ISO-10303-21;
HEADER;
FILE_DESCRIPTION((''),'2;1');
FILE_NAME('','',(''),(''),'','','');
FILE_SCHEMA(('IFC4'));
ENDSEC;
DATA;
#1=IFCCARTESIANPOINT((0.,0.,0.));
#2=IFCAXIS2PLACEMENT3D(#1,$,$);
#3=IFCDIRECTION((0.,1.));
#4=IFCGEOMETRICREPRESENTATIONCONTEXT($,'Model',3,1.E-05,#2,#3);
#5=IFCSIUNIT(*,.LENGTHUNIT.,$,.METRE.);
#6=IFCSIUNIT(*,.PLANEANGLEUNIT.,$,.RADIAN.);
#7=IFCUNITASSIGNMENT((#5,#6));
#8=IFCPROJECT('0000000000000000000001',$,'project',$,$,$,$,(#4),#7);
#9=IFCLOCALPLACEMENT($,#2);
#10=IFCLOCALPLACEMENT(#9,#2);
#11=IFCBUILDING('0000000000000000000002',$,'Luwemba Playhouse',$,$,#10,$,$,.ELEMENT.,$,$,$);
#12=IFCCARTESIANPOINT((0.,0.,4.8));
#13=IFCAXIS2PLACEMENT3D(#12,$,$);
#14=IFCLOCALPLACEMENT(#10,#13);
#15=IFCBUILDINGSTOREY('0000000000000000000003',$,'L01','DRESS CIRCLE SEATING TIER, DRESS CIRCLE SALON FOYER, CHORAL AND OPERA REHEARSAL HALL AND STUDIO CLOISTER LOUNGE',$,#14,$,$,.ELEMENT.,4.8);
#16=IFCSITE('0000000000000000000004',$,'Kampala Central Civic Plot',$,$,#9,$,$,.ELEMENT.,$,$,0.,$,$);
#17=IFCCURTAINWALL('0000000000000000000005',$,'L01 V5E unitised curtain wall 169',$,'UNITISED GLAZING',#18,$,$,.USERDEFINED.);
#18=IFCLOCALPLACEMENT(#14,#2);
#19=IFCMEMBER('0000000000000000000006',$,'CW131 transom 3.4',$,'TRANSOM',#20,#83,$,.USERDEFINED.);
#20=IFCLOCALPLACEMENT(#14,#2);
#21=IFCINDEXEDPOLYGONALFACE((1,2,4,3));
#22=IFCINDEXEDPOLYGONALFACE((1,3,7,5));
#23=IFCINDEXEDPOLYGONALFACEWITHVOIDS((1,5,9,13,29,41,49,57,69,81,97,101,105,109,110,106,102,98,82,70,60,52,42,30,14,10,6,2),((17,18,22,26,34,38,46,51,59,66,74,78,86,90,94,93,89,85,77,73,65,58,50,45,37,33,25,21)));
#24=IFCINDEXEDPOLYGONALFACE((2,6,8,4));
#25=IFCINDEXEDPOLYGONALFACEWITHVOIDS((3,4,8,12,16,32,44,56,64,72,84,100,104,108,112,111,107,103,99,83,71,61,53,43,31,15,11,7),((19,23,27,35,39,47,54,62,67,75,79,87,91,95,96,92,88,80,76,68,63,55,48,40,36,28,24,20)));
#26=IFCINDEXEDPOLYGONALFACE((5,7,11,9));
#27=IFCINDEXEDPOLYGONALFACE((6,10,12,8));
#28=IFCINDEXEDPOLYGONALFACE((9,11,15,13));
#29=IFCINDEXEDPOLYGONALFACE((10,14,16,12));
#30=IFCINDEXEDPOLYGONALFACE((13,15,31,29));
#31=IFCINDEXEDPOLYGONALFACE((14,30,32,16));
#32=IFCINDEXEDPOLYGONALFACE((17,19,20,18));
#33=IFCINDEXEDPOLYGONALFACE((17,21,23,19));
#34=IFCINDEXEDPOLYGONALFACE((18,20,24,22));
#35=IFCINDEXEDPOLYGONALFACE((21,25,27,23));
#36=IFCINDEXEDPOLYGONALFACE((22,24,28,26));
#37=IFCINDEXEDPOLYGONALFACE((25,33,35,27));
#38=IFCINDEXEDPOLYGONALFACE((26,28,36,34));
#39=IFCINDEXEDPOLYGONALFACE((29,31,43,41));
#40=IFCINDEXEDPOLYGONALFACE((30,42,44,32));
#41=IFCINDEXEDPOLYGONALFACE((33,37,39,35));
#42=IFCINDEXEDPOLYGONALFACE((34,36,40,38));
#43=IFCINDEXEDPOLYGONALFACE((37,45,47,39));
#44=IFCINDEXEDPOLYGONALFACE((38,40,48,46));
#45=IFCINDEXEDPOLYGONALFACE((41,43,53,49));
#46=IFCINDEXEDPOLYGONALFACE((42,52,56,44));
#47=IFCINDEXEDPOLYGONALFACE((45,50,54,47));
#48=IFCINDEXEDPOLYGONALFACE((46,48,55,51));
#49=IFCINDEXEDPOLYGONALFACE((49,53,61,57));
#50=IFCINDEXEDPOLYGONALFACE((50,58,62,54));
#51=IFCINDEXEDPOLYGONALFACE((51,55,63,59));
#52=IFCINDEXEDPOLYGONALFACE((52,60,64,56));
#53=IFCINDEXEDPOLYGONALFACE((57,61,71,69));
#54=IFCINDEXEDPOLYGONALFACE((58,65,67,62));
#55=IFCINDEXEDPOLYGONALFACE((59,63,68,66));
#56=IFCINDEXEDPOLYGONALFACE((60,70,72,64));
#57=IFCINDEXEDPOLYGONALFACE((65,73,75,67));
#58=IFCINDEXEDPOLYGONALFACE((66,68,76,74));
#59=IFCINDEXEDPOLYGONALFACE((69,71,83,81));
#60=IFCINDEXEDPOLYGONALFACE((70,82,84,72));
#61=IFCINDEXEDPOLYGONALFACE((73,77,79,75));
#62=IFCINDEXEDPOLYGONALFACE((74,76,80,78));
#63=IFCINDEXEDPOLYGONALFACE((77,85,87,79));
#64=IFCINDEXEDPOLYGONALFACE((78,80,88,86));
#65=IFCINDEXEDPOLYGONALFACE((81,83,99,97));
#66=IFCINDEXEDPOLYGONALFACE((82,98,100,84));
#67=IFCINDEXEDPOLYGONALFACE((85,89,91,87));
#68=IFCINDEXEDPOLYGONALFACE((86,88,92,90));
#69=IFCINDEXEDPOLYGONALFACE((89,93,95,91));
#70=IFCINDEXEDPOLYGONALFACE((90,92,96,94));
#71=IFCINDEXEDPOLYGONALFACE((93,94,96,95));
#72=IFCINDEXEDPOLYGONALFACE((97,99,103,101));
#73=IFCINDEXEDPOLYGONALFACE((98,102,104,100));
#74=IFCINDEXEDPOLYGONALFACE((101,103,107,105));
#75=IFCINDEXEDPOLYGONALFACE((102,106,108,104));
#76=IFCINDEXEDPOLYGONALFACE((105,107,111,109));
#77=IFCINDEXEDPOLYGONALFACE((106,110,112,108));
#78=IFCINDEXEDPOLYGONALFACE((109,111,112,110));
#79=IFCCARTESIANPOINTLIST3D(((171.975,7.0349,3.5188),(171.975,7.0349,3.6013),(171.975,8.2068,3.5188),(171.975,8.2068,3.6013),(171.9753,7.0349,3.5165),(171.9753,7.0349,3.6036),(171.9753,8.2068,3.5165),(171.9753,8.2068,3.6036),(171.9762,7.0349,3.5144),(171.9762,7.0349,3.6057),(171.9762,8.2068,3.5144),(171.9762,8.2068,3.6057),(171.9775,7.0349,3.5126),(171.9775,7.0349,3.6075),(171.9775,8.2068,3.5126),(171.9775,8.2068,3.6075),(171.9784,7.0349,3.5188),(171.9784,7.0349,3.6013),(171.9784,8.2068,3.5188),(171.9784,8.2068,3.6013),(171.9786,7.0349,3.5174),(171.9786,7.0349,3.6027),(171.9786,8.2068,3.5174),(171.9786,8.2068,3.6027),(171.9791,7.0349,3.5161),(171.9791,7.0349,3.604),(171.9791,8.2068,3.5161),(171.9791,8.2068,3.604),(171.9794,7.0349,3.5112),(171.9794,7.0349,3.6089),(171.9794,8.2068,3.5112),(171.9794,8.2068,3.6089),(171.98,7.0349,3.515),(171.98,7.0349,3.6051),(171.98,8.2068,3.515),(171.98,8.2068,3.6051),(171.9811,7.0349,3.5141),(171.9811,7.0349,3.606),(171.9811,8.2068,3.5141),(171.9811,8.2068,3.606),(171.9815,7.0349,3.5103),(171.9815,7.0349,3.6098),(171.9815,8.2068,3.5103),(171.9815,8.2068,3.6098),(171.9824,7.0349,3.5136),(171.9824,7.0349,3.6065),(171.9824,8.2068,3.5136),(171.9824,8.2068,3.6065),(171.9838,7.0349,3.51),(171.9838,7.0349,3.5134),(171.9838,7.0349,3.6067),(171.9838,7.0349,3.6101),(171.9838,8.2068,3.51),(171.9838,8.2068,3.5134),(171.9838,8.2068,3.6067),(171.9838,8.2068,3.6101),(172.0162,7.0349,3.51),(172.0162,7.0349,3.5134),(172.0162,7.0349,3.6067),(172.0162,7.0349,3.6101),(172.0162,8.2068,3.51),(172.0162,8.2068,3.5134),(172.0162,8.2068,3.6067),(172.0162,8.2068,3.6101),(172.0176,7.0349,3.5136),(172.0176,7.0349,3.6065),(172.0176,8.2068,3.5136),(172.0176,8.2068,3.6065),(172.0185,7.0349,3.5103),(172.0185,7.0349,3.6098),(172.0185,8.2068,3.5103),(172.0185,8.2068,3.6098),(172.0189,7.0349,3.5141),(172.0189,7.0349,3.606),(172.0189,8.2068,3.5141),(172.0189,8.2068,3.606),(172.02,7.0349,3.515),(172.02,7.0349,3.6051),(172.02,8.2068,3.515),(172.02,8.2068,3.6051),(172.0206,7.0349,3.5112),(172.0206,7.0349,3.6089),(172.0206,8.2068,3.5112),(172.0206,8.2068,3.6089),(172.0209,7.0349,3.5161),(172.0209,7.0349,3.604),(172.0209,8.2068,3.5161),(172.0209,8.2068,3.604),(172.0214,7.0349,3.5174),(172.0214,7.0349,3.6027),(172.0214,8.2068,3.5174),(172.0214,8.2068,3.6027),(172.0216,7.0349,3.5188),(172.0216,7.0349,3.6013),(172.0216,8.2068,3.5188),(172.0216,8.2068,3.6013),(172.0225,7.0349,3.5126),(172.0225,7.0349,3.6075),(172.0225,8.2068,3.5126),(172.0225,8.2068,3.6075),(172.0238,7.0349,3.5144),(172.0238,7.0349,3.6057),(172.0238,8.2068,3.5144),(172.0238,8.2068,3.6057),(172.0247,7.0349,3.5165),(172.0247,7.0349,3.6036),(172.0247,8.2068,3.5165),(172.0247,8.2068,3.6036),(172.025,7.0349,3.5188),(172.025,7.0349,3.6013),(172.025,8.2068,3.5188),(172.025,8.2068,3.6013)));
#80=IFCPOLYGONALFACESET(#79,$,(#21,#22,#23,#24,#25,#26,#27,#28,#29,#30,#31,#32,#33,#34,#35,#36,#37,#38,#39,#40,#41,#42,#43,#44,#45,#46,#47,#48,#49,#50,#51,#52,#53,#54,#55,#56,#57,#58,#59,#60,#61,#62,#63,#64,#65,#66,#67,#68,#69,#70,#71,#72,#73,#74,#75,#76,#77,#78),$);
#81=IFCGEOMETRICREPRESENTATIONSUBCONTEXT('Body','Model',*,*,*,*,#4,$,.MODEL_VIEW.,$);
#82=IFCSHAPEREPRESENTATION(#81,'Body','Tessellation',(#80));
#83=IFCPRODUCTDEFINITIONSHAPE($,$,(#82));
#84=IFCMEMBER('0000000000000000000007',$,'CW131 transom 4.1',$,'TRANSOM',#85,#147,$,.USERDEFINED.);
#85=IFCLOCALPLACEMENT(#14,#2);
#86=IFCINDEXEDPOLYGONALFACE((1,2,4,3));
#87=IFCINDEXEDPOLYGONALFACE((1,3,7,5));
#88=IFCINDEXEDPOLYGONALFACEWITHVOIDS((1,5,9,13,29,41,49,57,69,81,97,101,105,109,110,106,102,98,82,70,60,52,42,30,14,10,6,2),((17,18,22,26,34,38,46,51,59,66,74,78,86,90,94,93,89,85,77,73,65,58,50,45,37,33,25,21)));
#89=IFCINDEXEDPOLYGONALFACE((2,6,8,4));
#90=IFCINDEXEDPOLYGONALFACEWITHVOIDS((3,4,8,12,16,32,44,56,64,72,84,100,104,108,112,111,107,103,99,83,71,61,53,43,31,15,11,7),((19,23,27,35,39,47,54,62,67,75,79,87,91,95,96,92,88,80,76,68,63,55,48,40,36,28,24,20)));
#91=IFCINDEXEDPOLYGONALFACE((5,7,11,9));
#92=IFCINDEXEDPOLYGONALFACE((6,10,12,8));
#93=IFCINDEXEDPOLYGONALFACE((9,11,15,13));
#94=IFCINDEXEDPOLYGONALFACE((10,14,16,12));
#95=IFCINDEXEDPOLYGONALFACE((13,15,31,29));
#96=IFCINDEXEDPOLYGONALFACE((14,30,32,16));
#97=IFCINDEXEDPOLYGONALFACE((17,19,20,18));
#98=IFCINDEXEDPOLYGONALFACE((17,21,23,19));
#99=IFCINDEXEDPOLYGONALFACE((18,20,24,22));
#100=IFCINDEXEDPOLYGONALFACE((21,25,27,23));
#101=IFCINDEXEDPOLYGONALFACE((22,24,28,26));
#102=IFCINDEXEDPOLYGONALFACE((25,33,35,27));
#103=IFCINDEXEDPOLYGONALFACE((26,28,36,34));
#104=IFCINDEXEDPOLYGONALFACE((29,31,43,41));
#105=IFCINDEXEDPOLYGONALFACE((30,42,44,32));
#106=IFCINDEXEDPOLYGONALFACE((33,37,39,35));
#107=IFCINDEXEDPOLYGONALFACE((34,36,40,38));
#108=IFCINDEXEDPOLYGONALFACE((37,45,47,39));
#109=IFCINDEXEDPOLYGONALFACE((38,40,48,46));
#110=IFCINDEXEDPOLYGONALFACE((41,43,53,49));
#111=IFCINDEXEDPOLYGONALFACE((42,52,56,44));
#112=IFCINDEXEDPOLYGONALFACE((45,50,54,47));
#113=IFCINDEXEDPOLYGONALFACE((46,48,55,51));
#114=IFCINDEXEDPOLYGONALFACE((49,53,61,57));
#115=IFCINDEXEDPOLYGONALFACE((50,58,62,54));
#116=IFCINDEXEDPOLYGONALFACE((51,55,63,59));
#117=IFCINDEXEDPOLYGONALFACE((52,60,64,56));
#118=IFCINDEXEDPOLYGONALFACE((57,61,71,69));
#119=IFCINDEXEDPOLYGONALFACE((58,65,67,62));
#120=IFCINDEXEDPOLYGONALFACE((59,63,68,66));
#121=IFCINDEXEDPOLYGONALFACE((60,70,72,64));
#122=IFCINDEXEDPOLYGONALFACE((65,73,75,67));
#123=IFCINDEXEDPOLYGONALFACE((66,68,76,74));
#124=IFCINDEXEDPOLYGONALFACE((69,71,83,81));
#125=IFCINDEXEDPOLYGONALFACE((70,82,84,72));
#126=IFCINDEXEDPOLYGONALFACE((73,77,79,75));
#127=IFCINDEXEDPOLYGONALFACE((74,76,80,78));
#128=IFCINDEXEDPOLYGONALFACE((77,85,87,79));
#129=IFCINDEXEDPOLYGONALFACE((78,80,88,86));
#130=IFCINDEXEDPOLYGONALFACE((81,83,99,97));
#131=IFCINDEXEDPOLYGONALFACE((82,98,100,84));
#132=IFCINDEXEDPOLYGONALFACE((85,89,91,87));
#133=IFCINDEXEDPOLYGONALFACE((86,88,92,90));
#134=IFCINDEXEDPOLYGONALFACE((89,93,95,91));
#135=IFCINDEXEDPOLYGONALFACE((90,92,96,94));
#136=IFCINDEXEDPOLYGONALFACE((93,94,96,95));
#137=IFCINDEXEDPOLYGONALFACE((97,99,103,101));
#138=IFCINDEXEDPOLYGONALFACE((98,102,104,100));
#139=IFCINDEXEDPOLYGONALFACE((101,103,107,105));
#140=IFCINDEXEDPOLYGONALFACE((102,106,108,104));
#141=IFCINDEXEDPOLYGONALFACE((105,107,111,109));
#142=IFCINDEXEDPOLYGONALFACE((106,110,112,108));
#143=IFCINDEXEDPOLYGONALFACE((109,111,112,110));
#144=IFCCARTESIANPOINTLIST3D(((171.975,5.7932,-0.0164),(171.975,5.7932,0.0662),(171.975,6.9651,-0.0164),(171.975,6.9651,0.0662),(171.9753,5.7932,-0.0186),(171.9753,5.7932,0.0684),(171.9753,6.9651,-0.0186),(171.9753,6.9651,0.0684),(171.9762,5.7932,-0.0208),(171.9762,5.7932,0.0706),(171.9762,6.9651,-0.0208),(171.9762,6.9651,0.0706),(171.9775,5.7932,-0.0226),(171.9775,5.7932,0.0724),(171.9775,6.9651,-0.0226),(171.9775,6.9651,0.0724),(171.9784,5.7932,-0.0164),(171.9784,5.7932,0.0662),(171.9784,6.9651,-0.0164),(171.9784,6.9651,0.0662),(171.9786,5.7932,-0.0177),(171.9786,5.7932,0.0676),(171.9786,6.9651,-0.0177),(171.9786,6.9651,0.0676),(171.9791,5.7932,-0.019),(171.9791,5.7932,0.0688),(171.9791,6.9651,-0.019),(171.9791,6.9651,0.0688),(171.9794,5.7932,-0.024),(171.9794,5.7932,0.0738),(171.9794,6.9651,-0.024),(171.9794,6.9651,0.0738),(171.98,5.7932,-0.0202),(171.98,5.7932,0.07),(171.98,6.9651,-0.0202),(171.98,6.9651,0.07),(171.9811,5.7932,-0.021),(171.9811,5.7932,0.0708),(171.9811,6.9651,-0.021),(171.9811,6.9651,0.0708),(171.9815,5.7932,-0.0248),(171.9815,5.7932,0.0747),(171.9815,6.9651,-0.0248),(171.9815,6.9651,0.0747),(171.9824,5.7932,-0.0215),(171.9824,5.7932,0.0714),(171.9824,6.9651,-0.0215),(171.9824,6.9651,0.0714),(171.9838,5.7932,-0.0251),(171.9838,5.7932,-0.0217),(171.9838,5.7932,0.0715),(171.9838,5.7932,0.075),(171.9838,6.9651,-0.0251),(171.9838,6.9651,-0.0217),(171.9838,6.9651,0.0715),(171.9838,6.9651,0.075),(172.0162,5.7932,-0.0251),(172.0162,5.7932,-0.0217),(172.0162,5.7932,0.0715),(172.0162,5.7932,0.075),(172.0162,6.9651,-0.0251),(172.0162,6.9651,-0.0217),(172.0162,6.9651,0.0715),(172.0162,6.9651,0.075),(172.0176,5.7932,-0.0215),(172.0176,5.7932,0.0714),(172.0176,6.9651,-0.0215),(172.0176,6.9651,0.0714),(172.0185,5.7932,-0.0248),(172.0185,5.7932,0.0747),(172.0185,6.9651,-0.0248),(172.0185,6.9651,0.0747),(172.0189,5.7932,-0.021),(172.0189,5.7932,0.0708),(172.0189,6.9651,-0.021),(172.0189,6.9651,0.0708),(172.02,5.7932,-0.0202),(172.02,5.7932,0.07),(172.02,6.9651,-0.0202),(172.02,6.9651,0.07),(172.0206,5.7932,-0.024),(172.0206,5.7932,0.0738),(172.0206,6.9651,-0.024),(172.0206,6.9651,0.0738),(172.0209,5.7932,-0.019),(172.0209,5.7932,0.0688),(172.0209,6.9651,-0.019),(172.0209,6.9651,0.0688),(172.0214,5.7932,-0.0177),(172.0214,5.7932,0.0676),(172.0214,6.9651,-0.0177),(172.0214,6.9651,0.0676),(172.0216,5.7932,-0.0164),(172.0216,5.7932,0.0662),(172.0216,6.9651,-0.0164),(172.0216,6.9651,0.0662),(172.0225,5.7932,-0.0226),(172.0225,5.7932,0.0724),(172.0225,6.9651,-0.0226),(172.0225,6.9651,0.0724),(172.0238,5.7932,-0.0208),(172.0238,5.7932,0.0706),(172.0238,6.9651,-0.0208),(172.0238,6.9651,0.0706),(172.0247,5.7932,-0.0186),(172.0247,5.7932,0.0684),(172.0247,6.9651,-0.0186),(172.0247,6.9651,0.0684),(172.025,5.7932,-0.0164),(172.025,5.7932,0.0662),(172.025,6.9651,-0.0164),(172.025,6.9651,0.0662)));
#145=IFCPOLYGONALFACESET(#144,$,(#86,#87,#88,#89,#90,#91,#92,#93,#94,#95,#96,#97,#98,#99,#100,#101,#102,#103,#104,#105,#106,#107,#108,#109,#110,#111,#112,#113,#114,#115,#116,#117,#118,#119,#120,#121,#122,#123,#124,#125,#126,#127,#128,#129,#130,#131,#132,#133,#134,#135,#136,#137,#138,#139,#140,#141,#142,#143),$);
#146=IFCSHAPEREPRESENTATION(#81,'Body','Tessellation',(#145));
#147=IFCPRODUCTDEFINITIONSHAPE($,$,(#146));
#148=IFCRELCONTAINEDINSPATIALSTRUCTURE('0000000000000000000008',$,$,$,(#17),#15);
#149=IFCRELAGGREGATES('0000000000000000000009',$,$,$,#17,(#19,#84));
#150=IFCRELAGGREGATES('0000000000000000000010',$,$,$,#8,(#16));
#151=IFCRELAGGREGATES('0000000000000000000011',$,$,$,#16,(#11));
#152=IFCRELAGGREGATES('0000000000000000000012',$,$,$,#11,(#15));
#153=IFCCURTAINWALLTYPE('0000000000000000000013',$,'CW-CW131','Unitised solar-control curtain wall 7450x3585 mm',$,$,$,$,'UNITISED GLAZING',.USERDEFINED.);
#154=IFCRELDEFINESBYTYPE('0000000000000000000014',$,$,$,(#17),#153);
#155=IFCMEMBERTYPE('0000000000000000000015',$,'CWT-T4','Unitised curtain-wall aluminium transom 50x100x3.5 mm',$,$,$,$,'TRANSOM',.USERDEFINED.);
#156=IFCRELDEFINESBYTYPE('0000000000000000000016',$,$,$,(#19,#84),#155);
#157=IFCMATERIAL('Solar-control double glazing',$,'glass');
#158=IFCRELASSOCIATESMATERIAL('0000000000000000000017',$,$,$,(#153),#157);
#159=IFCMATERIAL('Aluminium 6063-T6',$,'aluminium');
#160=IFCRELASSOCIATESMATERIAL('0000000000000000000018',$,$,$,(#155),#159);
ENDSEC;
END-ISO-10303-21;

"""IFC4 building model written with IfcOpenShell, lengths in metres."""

from ifc_helpers import new_model, si_unit, direction, frame, origin, origin_2d, place, context, subcontext, project, spatial, hollow_rectangle, extrude, material, material_profile, profile_set, type_object, element, aggregate, save


model = new_model("IFC4")

# Units and contexts
model_context = context("Model", 3, precision=1e-05, world=origin(), true_north=direction((0.0, 1.0)))
body_context = subcontext(model_context, "Body", "Model", "MODEL_VIEW")
ifc_project = project(units=[si_unit("LENGTHUNIT", "METRE"), si_unit("PLANEANGLEUNIT", "RADIAN")], contexts=[model_context])

# Site, building, storey
site_placement = place(None, origin())
site = spatial("IfcSite", under=ifc_project, at=site_placement, Name="Kampala Central Civic Plot", CompositionType="ELEMENT", RefElevation=0.0)
building_placement = place(site_placement, origin())
building = spatial("IfcBuilding", under=site, at=building_placement, Name="Luwemba Playhouse", CompositionType="ELEMENT")
storey_placement = place(building_placement, frame((0.0, 0.0, 4.8)))
storey = spatial("IfcBuildingStorey", under=building, at=storey_placement, Name="L01", Description="DRESS CIRCLE SEATING TIER, DRESS CIRCLE SALON FOYER, CHORAL AND OPERA REHEARSAL HALL AND STUDIO CLOISTER LOUNGE", CompositionType="ELEMENT", Elevation=4.8)

# Curtain wall, members
ifc_material_1 = material(Name="Solar-control double glazing", Category="glass")
curtain_wall_type = type_object("IfcCurtainWallType", Name="CW-CW131", Description="Unitised solar-control curtain wall 7450x3585 mm", ElementType="UNITISED GLAZING", PredefinedType="USERDEFINED", material=ifc_material_1)
curtain_wall_placement = place(storey_placement, origin())
curtain_wall = element("IfcCurtainWall", 1, at=curtain_wall_placement, inside=storey, type_object=curtain_wall_type, Name="L01 V5E unitised curtain wall 169", ObjectType="UNITISED GLAZING", PredefinedType="USERDEFINED")
ifc_material_2 = material(Name="Aluminium 6063-T6", Category="aluminium")
ifc_material_profile_1 = material_profile(ifc_material_2, hollow_rectangle(XDim=0.05, YDim=0.1001, WallThickness=0.0034, InnerFilletRadius=0.0054, OuterFilletRadius=0.0088, at=origin_2d()))
ifc_profile_set_1 = profile_set([ifc_material_profile_1], Name="Aluminium 6063-T6")
member_type_1 = type_object("IfcMemberType", Name="CWT-T4", Description="Unitised curtain-wall aluminium transom 50x100x3.5 mm", ElementType="TRANSOM", PredefinedType="USERDEFINED", material=ifc_profile_set_1)
member_1_placement = place(storey_placement, frame((172.0, 8.2068, 3.5601), z_axis=(0.0, -1.0, 0.0), x_axis=(1.0, 0.0, 0.0)))
member_1 = element("IfcMember", 2, at=member_1_placement, type_object=member_type_1, Name="CW131 transom 3.4", ObjectType="TRANSOM", PredefinedType="USERDEFINED", context=body_context, shape_type="SweptSolid", body=[
    extrude(hollow_rectangle(XDim=0.05, YDim=0.1001, WallThickness=0.0034, InnerFilletRadius=0.0054, OuterFilletRadius=0.0088, at=origin_2d()), origin(), (0.0, 0.0, 1.0), 1.1719),
])
member_2_placement = place(storey_placement, frame((172.0, 6.9651, 0.0249), z_axis=(0.0, -1.0, 0.0), x_axis=(1.0, 0.0, 0.0)))
member_2 = element("IfcMember", 3, at=member_2_placement, type_object=member_type_1, Name="CW131 transom 4.1", ObjectType="TRANSOM", PredefinedType="USERDEFINED", context=body_context, shape_type="SweptSolid", body=[
    extrude(hollow_rectangle(XDim=0.05, YDim=0.1001, WallThickness=0.0034, InnerFilletRadius=0.0054, OuterFilletRadius=0.0088, at=origin_2d()), origin(), (0.0, 0.0, 1.0), 1.1719),
])
aggregate(curtain_wall, [member_1, member_2])

save(model, "model.ifc")
